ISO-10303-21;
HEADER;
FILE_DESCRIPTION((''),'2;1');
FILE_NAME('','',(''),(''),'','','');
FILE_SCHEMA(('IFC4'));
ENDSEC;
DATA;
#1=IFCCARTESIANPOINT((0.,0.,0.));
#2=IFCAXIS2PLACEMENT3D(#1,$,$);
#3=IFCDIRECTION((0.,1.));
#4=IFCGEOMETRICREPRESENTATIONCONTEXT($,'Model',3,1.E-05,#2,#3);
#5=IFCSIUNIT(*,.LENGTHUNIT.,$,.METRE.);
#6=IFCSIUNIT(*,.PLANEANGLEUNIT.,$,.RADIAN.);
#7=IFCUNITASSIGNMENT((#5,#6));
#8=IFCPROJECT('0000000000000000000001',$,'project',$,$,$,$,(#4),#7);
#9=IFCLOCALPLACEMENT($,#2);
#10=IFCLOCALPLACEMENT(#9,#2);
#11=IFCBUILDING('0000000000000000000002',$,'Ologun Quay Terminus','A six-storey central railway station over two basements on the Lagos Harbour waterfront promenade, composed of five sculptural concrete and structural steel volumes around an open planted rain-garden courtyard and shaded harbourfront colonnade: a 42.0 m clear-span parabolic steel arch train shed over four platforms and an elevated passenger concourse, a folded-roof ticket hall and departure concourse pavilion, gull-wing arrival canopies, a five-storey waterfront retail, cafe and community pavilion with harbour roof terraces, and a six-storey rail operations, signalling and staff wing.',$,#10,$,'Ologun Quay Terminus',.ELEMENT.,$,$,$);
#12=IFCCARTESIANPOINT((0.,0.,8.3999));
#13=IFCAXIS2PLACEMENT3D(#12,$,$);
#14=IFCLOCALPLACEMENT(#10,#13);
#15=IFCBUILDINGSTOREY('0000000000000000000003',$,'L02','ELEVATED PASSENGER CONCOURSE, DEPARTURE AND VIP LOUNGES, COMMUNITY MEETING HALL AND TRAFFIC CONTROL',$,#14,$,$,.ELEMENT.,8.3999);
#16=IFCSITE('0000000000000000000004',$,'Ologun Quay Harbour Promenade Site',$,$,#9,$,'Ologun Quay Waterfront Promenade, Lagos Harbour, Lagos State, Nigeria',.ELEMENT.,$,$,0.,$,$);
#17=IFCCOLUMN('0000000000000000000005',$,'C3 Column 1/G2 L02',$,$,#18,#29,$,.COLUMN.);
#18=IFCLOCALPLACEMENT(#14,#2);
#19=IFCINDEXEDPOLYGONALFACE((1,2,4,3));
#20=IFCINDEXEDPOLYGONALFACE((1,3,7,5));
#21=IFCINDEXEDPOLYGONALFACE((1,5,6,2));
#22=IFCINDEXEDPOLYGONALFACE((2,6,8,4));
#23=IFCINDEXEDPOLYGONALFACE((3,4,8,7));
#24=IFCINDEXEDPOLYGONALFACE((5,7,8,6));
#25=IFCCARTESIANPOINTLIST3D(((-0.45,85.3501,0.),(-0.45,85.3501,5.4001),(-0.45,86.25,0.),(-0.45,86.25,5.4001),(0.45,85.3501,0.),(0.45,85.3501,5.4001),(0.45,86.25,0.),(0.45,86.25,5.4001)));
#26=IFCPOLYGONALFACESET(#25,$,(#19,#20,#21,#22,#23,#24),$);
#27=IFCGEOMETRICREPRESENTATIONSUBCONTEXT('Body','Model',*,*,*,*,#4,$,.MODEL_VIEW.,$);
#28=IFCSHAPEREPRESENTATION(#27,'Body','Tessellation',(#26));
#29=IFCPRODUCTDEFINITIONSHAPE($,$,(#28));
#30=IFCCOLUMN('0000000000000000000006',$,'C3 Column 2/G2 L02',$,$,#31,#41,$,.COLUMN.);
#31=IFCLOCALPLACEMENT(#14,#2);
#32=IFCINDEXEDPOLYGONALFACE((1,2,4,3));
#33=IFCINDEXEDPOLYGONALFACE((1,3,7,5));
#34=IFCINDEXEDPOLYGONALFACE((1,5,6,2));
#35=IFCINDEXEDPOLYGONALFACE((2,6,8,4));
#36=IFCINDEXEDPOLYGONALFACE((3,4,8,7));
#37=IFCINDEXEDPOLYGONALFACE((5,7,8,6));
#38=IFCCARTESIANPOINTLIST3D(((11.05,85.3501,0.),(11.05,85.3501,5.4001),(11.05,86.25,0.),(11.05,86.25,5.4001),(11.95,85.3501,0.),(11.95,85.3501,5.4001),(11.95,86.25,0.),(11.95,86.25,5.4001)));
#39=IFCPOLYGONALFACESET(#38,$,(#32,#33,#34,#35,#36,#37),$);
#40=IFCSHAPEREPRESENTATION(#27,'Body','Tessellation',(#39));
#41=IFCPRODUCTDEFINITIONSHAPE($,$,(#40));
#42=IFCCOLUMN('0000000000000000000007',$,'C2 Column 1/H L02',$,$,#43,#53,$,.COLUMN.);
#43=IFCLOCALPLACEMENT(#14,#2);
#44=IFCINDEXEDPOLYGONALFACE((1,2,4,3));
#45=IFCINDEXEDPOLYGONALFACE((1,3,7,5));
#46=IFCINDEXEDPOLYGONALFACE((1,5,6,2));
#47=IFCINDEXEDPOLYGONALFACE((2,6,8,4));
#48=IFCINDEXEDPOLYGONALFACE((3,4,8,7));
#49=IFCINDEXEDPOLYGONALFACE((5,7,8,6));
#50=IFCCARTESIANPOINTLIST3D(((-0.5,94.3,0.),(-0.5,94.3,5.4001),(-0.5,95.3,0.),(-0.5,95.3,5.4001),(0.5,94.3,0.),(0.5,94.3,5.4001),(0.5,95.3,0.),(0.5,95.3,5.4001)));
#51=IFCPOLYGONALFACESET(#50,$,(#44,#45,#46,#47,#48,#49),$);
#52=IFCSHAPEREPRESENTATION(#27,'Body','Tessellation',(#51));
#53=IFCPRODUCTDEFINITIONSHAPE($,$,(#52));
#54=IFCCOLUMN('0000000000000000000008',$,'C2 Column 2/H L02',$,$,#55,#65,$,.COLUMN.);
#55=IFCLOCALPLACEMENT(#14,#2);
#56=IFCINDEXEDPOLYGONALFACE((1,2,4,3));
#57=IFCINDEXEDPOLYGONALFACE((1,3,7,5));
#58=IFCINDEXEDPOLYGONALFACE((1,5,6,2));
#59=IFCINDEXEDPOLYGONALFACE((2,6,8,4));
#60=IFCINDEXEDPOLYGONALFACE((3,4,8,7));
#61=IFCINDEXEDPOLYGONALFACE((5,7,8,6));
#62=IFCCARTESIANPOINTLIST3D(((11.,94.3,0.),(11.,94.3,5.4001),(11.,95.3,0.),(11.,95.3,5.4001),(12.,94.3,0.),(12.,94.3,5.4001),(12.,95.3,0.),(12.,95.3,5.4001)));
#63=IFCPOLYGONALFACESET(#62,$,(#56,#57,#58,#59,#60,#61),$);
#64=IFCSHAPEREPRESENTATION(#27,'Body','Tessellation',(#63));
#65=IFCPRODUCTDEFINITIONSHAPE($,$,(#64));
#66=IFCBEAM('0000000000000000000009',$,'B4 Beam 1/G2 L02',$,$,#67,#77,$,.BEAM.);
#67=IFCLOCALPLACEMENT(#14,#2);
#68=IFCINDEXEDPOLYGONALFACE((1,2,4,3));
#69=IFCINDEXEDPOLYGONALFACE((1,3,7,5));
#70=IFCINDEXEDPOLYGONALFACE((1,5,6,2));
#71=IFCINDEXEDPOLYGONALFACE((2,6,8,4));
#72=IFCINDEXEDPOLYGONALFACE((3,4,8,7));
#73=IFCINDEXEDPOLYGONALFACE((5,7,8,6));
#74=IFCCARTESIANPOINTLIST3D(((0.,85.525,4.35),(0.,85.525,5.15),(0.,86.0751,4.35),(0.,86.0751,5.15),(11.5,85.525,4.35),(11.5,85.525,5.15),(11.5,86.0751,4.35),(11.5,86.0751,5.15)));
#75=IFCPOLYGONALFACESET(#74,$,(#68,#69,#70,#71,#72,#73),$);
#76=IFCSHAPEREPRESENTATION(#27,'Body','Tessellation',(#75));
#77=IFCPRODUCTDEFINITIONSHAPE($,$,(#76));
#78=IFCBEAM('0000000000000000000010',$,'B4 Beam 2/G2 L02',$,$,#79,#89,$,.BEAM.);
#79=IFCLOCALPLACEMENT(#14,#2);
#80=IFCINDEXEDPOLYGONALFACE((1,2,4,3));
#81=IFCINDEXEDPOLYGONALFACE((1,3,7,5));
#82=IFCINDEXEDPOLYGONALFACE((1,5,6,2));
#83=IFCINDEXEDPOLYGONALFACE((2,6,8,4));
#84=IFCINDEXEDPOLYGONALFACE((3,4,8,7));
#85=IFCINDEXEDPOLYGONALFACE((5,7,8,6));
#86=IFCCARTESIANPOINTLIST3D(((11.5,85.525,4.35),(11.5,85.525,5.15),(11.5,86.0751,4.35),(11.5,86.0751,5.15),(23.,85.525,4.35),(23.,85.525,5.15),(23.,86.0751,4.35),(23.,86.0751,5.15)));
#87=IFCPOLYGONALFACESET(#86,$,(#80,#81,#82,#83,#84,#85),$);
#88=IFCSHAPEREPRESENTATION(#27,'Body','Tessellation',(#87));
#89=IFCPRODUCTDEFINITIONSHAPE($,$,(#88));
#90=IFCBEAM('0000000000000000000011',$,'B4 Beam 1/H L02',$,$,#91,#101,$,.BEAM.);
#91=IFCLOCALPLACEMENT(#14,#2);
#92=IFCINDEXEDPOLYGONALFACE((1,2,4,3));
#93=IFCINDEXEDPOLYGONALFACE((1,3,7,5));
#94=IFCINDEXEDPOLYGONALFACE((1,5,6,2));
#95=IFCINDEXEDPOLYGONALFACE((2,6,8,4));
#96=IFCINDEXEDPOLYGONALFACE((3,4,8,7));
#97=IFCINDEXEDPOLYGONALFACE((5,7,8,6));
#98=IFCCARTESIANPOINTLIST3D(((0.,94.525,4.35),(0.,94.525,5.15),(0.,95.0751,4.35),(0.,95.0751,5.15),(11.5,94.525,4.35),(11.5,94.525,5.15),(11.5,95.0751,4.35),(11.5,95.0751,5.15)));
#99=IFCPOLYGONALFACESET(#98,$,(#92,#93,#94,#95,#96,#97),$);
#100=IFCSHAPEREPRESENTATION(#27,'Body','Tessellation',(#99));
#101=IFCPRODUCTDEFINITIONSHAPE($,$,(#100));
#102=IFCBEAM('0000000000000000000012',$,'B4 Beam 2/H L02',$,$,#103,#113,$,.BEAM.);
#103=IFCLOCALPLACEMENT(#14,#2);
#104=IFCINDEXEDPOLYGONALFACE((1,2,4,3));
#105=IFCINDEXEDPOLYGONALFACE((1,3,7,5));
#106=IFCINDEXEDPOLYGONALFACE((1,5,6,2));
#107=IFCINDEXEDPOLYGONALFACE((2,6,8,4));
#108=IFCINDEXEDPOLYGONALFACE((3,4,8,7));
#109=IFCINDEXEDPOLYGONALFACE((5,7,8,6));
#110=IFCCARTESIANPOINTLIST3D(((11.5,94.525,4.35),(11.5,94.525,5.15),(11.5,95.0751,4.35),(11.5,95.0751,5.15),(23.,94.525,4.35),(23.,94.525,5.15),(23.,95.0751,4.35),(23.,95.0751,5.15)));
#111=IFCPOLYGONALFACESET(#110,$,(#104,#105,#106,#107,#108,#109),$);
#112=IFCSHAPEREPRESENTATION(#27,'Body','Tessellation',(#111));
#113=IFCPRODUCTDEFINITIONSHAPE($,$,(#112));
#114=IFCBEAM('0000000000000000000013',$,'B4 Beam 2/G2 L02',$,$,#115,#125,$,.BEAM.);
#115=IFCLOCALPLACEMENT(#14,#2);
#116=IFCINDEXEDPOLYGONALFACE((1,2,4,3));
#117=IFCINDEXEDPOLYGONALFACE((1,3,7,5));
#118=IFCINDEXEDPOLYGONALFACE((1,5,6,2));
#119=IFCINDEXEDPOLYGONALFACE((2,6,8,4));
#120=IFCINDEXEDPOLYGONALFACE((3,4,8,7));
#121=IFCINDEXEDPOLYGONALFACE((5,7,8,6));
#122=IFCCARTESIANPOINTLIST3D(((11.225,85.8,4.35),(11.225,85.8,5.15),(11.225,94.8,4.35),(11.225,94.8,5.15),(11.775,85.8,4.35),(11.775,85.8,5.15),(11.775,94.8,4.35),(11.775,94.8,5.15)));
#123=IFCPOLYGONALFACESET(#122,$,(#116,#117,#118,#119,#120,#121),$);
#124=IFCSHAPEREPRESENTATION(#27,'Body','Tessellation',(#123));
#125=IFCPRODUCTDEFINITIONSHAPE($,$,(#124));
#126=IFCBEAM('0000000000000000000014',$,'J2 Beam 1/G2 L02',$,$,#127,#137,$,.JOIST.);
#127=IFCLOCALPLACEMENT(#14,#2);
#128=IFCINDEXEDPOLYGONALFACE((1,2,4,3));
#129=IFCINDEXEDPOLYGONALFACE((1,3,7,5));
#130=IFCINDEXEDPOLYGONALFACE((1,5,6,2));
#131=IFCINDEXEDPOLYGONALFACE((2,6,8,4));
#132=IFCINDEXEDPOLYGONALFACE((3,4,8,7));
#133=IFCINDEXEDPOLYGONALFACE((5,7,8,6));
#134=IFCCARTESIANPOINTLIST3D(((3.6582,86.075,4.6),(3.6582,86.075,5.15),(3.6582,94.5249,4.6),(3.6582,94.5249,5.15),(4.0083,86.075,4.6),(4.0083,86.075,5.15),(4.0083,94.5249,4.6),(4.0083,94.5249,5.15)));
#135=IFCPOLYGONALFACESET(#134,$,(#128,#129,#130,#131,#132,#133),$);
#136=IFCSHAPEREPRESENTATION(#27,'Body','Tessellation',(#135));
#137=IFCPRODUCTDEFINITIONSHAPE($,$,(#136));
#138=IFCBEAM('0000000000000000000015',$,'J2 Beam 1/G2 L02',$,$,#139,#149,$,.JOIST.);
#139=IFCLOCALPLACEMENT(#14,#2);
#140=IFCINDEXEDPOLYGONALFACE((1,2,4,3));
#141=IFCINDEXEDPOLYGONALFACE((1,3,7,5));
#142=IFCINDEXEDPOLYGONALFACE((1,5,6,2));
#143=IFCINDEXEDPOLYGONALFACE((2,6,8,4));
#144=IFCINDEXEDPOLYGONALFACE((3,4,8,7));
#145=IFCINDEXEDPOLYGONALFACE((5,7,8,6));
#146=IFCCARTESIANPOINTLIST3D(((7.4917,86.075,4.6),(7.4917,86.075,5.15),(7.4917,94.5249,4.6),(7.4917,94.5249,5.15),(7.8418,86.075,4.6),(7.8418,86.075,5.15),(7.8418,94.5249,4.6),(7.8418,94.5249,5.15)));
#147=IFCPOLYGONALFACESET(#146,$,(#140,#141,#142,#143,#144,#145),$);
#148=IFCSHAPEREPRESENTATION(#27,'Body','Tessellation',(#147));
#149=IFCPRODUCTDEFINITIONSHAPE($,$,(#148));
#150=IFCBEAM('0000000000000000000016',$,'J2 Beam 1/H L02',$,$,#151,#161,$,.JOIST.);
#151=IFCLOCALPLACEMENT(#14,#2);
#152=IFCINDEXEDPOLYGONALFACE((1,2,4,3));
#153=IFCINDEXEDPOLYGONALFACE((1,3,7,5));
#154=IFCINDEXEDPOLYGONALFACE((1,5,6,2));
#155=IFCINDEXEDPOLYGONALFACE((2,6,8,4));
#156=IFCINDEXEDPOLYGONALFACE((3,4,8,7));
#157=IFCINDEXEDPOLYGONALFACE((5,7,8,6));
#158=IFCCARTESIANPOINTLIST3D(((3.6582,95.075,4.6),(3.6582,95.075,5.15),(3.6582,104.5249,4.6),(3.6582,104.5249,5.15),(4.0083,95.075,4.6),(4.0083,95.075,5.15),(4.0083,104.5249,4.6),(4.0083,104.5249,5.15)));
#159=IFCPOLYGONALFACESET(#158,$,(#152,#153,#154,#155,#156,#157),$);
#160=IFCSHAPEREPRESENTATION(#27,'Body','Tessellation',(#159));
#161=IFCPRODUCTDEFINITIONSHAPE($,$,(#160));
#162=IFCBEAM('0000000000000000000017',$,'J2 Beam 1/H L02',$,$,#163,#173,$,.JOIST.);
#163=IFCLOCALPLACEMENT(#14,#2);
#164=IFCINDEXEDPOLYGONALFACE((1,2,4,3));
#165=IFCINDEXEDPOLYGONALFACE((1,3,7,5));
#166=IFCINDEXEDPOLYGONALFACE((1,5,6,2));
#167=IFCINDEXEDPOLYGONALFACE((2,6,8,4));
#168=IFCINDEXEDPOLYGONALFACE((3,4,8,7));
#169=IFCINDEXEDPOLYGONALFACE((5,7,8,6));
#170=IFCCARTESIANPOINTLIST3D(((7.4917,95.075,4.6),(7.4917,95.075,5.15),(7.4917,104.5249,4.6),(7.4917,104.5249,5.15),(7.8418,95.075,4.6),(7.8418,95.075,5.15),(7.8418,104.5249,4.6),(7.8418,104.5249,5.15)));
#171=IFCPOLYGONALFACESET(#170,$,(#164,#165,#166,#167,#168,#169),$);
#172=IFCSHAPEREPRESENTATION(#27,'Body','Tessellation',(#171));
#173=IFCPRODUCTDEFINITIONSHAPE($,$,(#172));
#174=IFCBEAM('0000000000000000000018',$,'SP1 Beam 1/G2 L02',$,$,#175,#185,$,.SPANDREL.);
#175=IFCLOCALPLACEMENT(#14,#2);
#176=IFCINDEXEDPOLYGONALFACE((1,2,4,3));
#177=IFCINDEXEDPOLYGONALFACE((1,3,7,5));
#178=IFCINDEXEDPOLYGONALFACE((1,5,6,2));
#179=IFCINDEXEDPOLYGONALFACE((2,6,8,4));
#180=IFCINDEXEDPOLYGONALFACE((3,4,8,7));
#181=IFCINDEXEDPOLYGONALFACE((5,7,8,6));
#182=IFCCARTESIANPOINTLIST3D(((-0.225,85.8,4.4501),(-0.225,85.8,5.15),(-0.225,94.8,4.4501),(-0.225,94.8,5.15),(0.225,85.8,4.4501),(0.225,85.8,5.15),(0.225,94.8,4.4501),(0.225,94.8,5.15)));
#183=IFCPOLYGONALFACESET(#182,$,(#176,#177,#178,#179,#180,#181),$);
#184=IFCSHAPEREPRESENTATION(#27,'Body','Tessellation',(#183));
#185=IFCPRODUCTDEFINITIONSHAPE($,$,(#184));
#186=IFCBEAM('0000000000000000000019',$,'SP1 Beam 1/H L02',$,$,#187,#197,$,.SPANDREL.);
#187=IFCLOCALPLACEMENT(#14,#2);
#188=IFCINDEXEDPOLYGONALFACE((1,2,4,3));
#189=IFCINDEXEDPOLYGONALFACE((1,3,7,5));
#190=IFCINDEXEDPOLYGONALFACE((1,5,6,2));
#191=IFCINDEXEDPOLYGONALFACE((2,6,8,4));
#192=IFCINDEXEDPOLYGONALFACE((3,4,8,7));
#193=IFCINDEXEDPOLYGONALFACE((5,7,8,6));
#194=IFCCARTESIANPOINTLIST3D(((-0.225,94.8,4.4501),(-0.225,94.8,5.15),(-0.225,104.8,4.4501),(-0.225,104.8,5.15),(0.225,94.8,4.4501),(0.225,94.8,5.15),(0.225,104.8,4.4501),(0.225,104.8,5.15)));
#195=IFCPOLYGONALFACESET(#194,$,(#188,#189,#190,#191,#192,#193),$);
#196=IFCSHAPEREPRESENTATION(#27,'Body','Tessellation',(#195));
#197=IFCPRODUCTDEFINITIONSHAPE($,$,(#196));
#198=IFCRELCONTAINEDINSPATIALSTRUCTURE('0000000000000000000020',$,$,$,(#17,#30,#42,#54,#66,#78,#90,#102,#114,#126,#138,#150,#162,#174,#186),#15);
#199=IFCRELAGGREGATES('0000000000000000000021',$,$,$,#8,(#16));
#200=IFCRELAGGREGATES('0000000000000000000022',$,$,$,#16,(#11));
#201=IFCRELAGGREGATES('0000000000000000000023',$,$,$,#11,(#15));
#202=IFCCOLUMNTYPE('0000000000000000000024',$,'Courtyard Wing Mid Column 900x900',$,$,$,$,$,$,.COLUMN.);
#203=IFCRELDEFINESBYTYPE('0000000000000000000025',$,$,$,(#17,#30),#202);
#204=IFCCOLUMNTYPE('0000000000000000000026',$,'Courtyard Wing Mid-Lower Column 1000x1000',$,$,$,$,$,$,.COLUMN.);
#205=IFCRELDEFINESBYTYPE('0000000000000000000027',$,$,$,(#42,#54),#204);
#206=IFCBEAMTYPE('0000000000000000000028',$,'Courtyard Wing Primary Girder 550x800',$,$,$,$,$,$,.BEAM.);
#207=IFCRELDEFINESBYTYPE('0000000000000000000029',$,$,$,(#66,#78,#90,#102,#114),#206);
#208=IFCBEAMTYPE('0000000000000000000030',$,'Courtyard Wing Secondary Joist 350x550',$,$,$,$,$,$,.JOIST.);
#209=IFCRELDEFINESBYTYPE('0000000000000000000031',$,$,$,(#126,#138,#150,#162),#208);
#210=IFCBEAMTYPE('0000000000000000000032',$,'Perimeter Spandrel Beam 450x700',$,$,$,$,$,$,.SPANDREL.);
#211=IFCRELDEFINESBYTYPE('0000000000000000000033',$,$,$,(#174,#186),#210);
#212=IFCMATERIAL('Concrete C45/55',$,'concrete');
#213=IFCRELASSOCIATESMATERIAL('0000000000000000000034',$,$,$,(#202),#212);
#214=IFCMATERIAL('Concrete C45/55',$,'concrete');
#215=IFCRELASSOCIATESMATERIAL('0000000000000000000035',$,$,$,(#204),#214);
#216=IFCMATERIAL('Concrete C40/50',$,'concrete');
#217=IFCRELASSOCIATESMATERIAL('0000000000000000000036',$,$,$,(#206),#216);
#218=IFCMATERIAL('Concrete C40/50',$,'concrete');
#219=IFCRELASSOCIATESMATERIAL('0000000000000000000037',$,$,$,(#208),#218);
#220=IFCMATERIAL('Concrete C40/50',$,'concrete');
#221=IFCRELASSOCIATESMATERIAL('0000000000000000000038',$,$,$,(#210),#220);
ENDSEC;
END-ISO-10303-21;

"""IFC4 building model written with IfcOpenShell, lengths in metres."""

from ifc_helpers import new_model, si_unit, direction, frame, origin, origin_2d, place, context, subcontext, project, spatial, rectangle, extrude, material, material_profile, profile_set, type_object, element, save


model = new_model("IFC4")

# Units and contexts
model_context = context("Model", 3, precision=1e-05, world=origin(), true_north=direction((0.0, 1.0)))
body_context = subcontext(model_context, "Body", "Model", "MODEL_VIEW")
ifc_project = project(units=[si_unit("LENGTHUNIT", "METRE"), si_unit("PLANEANGLEUNIT", "RADIAN")], contexts=[model_context])

# Site, building, storey
site_placement = place(None, origin())
site = spatial("IfcSite", under=ifc_project, at=site_placement, Name="Ologun Quay Harbour Promenade Site", LongName="Ologun Quay Waterfront Promenade, Lagos Harbour, Lagos State, Nigeria", CompositionType="ELEMENT", RefElevation=0.0)
building_placement = place(site_placement, origin())
building = spatial("IfcBuilding", under=site, at=building_placement, Name="Ologun Quay Terminus", Description="A six-storey central railway station over two basements on the Lagos Harbour waterfront promenade, composed of five sculptural concrete and structural steel volumes around an open planted rain-garden courtyard and shaded harbourfront colonnade: a 42.0 m clear-span parabolic steel arch train shed over four platforms and an elevated passenger concourse, a folded-roof ticket hall and departure concourse pavilion, gull-wing arrival canopies, a five-storey waterfront retail, cafe and community pavilion with harbour roof terraces, and a six-storey rail operations, signalling and staff wing.", LongName="Ologun Quay Terminus", CompositionType="ELEMENT")
storey_placement = place(building_placement, frame((0.0, 0.0, 8.3999)))
storey = spatial("IfcBuildingStorey", under=building, at=storey_placement, Name="L02", Description="ELEVATED PASSENGER CONCOURSE, DEPARTURE AND VIP LOUNGES, COMMUNITY MEETING HALL AND TRAFFIC CONTROL", CompositionType="ELEMENT", Elevation=8.3999)

# Columns
ifc_material_1 = material(Name="Concrete C45/55", Category="concrete")
ifc_material_profile_1 = material_profile(ifc_material_1, rectangle(XDim=0.8999, YDim=0.8999, at=origin_2d()), Name="RC 900x900")
ifc_profile_set_1 = profile_set([ifc_material_profile_1], Name="Concrete C45/55")
column_type_1 = type_object("IfcColumnType", Name="Courtyard Wing Mid Column 900x900", PredefinedType="COLUMN", material=ifc_profile_set_1)
for number, where, z_axis, x_axis, name in (
    (1, (0.0, 85.8, 0.0), (0.0, 0.0, 1.0), (1.0, 0.0, 0.0), "C3 Column 1/G2 L02"),
    (2, (11.5, 85.8, 0.0), (0.0, 0.0, 1.0), (1.0, 0.0, 0.0), "C3 Column 2/G2 L02"),
):
    element("IfcColumn", number, at=place(storey_placement, frame(where, z_axis=z_axis, x_axis=x_axis)), inside=storey, type_object=column_type_1, Name=name, PredefinedType="COLUMN", context=body_context, shape_type="SweptSolid", body=[
        extrude(rectangle(XDim=0.8999, YDim=0.8999, at=origin_2d()), origin(), (0.0, 0.0, 1.0), 5.4001),
    ])
ifc_material_2 = material(Name="Concrete C45/55", Category="concrete")
ifc_material_profile_2 = material_profile(ifc_material_2, rectangle(XDim=1.0, YDim=1.0, at=origin_2d()), Name="RC 1000x1000")
ifc_profile_set_2 = profile_set([ifc_material_profile_2], Name="Concrete C45/55")
column_type_2 = type_object("IfcColumnType", Name="Courtyard Wing Mid-Lower Column 1000x1000", PredefinedType="COLUMN", material=ifc_profile_set_2)
for number, where, z_axis, x_axis, name in (
    (3, (0.0, 94.8, 0.0), (0.0, 0.0, 1.0), (1.0, 0.0, 0.0), "C2 Column 1/H L02"),
    (4, (11.5, 94.8, 0.0), (0.0, 0.0, 1.0), (1.0, 0.0, 0.0), "C2 Column 2/H L02"),
):
    element("IfcColumn", number, at=place(storey_placement, frame(where, z_axis=z_axis, x_axis=x_axis)), inside=storey, type_object=column_type_2, Name=name, PredefinedType="COLUMN", context=body_context, shape_type="SweptSolid", body=[
        extrude(rectangle(XDim=1.0, YDim=1.0, at=origin_2d()), origin(), (0.0, 0.0, 1.0), 5.4001),
    ])

# Beams
ifc_material_3 = material(Name="Concrete C40/50", Category="concrete")
ifc_material_profile_3 = material_profile(ifc_material_3, rectangle(XDim=0.55, YDim=0.8, at=origin_2d()), Name="RC 550x800")
ifc_profile_set_3 = profile_set([ifc_material_profile_3], Name="Concrete C40/50")
beam_type_1 = type_object("IfcBeamType", Name="Courtyard Wing Primary Girder 550x800", PredefinedType="BEAM", material=ifc_profile_set_3)
for number, where, z_axis, x_axis, name in (
    (5, (0.0, 85.8, 4.75), (1.0, 0.0, 0.0), (0.0, 1.0, 0.0), "B4 Beam 1/G2 L02"),
    (6, (11.5, 85.8, 4.75), (1.0, 0.0, 0.0), (0.0, 1.0, 0.0), "B4 Beam 2/G2 L02"),
    (7, (0.0, 94.8, 4.75), (1.0, 0.0, 0.0), (0.0, 1.0, 0.0), "B4 Beam 1/H L02"),
    (8, (11.5, 94.8, 4.75), (1.0, 0.0, 0.0), (0.0, 1.0, 0.0), "B4 Beam 2/H L02"),
):
    element("IfcBeam", number, at=place(storey_placement, frame(where, z_axis=z_axis, x_axis=x_axis)), inside=storey, type_object=beam_type_1, Name=name, PredefinedType="BEAM", context=body_context, shape_type="SweptSolid", body=[
        extrude(rectangle(XDim=0.55, YDim=0.8, at=origin_2d()), origin(), (0.0, 0.0, 1.0), 11.5),
    ])
beam_1_placement = place(storey_placement, frame((11.5, 85.8, 4.75), z_axis=(0.0, 1.0, 0.0), x_axis=(-1.0, 0.0, 0.0)))
element("IfcBeam", 9, at=beam_1_placement, inside=storey, type_object=beam_type_1, Name="B4 Beam 2/G2 L02", PredefinedType="BEAM", context=body_context, shape_type="SweptSolid", body=[
    extrude(rectangle(XDim=0.55, YDim=0.8, at=origin_2d()), origin(), (0.0, 0.0, 1.0), 9.0),
])
ifc_material_4 = material(Name="Concrete C40/50", Category="concrete")
ifc_material_profile_4 = material_profile(ifc_material_4, rectangle(XDim=0.3501, YDim=0.55, at=origin_2d()), Name="RC 350x550")
ifc_profile_set_4 = profile_set([ifc_material_profile_4], Name="Concrete C40/50")
beam_type_2 = type_object("IfcBeamType", Name="Courtyard Wing Secondary Joist 350x550", PredefinedType="JOIST", material=ifc_profile_set_4)
for number, where, z_axis, x_axis, name in (
    (10, (3.8333, 86.075, 4.875), (0.0, 1.0, 0.0), (-1.0, 0.0, 0.0), "J2 Beam 1/G2 L02"),
    (11, (7.6667, 86.075, 4.875), (0.0, 1.0, 0.0), (-1.0, 0.0, 0.0), "J2 Beam 1/G2 L02"),
):
    element("IfcBeam", number, at=place(storey_placement, frame(where, z_axis=z_axis, x_axis=x_axis)), inside=storey, type_object=beam_type_2, Name=name, PredefinedType="JOIST", context=body_context, shape_type="SweptSolid", body=[
        extrude(rectangle(XDim=0.3501, YDim=0.55, at=origin_2d()), origin(), (0.0, 0.0, 1.0), 8.45),
    ])
for number, where, z_axis, x_axis, name in (
    (12, (3.8333, 95.075, 4.875), (0.0, 1.0, 0.0), (-1.0, 0.0, 0.0), "J2 Beam 1/H L02"),
    (13, (7.6667, 95.075, 4.875), (0.0, 1.0, 0.0), (-1.0, 0.0, 0.0), "J2 Beam 1/H L02"),
):
    element("IfcBeam", number, at=place(storey_placement, frame(where, z_axis=z_axis, x_axis=x_axis)), inside=storey, type_object=beam_type_2, Name=name, PredefinedType="JOIST", context=body_context, shape_type="SweptSolid", body=[
        extrude(rectangle(XDim=0.3501, YDim=0.55, at=origin_2d()), origin(), (0.0, 0.0, 1.0), 9.45),
    ])
ifc_material_5 = material(Name="Concrete C40/50", Category="concrete")
ifc_material_profile_5 = material_profile(ifc_material_5, rectangle(XDim=0.45, YDim=0.7, at=origin_2d()), Name="RC 450x700")
ifc_profile_set_5 = profile_set([ifc_material_profile_5], Name="Concrete C40/50")
beam_type_3 = type_object("IfcBeamType", Name="Perimeter Spandrel Beam 450x700", PredefinedType="SPANDREL", material=ifc_profile_set_5)
beam_2_placement = place(storey_placement, frame((0.0, 85.8, 4.8), z_axis=(0.0, 1.0, 0.0), x_axis=(-1.0, 0.0, 0.0)))
element("IfcBeam", 14, at=beam_2_placement, inside=storey, type_object=beam_type_3, Name="SP1 Beam 1/G2 L02", PredefinedType="SPANDREL", context=body_context, shape_type="SweptSolid", body=[
    extrude(rectangle(XDim=0.45, YDim=0.7, at=origin_2d()), origin(), (0.0, 0.0, 1.0), 9.0),
])
beam_3_placement = place(storey_placement, frame((0.0, 94.8, 4.8), z_axis=(0.0, 1.0, 0.0), x_axis=(-1.0, 0.0, 0.0)))
element("IfcBeam", 15, at=beam_3_placement, inside=storey, type_object=beam_type_3, Name="SP1 Beam 1/H L02", PredefinedType="SPANDREL", context=body_context, shape_type="SweptSolid", body=[
    extrude(rectangle(XDim=0.45, YDim=0.7, at=origin_2d()), origin(), (0.0, 0.0, 1.0), 10.0),
])

save(model, "model.ifc")
